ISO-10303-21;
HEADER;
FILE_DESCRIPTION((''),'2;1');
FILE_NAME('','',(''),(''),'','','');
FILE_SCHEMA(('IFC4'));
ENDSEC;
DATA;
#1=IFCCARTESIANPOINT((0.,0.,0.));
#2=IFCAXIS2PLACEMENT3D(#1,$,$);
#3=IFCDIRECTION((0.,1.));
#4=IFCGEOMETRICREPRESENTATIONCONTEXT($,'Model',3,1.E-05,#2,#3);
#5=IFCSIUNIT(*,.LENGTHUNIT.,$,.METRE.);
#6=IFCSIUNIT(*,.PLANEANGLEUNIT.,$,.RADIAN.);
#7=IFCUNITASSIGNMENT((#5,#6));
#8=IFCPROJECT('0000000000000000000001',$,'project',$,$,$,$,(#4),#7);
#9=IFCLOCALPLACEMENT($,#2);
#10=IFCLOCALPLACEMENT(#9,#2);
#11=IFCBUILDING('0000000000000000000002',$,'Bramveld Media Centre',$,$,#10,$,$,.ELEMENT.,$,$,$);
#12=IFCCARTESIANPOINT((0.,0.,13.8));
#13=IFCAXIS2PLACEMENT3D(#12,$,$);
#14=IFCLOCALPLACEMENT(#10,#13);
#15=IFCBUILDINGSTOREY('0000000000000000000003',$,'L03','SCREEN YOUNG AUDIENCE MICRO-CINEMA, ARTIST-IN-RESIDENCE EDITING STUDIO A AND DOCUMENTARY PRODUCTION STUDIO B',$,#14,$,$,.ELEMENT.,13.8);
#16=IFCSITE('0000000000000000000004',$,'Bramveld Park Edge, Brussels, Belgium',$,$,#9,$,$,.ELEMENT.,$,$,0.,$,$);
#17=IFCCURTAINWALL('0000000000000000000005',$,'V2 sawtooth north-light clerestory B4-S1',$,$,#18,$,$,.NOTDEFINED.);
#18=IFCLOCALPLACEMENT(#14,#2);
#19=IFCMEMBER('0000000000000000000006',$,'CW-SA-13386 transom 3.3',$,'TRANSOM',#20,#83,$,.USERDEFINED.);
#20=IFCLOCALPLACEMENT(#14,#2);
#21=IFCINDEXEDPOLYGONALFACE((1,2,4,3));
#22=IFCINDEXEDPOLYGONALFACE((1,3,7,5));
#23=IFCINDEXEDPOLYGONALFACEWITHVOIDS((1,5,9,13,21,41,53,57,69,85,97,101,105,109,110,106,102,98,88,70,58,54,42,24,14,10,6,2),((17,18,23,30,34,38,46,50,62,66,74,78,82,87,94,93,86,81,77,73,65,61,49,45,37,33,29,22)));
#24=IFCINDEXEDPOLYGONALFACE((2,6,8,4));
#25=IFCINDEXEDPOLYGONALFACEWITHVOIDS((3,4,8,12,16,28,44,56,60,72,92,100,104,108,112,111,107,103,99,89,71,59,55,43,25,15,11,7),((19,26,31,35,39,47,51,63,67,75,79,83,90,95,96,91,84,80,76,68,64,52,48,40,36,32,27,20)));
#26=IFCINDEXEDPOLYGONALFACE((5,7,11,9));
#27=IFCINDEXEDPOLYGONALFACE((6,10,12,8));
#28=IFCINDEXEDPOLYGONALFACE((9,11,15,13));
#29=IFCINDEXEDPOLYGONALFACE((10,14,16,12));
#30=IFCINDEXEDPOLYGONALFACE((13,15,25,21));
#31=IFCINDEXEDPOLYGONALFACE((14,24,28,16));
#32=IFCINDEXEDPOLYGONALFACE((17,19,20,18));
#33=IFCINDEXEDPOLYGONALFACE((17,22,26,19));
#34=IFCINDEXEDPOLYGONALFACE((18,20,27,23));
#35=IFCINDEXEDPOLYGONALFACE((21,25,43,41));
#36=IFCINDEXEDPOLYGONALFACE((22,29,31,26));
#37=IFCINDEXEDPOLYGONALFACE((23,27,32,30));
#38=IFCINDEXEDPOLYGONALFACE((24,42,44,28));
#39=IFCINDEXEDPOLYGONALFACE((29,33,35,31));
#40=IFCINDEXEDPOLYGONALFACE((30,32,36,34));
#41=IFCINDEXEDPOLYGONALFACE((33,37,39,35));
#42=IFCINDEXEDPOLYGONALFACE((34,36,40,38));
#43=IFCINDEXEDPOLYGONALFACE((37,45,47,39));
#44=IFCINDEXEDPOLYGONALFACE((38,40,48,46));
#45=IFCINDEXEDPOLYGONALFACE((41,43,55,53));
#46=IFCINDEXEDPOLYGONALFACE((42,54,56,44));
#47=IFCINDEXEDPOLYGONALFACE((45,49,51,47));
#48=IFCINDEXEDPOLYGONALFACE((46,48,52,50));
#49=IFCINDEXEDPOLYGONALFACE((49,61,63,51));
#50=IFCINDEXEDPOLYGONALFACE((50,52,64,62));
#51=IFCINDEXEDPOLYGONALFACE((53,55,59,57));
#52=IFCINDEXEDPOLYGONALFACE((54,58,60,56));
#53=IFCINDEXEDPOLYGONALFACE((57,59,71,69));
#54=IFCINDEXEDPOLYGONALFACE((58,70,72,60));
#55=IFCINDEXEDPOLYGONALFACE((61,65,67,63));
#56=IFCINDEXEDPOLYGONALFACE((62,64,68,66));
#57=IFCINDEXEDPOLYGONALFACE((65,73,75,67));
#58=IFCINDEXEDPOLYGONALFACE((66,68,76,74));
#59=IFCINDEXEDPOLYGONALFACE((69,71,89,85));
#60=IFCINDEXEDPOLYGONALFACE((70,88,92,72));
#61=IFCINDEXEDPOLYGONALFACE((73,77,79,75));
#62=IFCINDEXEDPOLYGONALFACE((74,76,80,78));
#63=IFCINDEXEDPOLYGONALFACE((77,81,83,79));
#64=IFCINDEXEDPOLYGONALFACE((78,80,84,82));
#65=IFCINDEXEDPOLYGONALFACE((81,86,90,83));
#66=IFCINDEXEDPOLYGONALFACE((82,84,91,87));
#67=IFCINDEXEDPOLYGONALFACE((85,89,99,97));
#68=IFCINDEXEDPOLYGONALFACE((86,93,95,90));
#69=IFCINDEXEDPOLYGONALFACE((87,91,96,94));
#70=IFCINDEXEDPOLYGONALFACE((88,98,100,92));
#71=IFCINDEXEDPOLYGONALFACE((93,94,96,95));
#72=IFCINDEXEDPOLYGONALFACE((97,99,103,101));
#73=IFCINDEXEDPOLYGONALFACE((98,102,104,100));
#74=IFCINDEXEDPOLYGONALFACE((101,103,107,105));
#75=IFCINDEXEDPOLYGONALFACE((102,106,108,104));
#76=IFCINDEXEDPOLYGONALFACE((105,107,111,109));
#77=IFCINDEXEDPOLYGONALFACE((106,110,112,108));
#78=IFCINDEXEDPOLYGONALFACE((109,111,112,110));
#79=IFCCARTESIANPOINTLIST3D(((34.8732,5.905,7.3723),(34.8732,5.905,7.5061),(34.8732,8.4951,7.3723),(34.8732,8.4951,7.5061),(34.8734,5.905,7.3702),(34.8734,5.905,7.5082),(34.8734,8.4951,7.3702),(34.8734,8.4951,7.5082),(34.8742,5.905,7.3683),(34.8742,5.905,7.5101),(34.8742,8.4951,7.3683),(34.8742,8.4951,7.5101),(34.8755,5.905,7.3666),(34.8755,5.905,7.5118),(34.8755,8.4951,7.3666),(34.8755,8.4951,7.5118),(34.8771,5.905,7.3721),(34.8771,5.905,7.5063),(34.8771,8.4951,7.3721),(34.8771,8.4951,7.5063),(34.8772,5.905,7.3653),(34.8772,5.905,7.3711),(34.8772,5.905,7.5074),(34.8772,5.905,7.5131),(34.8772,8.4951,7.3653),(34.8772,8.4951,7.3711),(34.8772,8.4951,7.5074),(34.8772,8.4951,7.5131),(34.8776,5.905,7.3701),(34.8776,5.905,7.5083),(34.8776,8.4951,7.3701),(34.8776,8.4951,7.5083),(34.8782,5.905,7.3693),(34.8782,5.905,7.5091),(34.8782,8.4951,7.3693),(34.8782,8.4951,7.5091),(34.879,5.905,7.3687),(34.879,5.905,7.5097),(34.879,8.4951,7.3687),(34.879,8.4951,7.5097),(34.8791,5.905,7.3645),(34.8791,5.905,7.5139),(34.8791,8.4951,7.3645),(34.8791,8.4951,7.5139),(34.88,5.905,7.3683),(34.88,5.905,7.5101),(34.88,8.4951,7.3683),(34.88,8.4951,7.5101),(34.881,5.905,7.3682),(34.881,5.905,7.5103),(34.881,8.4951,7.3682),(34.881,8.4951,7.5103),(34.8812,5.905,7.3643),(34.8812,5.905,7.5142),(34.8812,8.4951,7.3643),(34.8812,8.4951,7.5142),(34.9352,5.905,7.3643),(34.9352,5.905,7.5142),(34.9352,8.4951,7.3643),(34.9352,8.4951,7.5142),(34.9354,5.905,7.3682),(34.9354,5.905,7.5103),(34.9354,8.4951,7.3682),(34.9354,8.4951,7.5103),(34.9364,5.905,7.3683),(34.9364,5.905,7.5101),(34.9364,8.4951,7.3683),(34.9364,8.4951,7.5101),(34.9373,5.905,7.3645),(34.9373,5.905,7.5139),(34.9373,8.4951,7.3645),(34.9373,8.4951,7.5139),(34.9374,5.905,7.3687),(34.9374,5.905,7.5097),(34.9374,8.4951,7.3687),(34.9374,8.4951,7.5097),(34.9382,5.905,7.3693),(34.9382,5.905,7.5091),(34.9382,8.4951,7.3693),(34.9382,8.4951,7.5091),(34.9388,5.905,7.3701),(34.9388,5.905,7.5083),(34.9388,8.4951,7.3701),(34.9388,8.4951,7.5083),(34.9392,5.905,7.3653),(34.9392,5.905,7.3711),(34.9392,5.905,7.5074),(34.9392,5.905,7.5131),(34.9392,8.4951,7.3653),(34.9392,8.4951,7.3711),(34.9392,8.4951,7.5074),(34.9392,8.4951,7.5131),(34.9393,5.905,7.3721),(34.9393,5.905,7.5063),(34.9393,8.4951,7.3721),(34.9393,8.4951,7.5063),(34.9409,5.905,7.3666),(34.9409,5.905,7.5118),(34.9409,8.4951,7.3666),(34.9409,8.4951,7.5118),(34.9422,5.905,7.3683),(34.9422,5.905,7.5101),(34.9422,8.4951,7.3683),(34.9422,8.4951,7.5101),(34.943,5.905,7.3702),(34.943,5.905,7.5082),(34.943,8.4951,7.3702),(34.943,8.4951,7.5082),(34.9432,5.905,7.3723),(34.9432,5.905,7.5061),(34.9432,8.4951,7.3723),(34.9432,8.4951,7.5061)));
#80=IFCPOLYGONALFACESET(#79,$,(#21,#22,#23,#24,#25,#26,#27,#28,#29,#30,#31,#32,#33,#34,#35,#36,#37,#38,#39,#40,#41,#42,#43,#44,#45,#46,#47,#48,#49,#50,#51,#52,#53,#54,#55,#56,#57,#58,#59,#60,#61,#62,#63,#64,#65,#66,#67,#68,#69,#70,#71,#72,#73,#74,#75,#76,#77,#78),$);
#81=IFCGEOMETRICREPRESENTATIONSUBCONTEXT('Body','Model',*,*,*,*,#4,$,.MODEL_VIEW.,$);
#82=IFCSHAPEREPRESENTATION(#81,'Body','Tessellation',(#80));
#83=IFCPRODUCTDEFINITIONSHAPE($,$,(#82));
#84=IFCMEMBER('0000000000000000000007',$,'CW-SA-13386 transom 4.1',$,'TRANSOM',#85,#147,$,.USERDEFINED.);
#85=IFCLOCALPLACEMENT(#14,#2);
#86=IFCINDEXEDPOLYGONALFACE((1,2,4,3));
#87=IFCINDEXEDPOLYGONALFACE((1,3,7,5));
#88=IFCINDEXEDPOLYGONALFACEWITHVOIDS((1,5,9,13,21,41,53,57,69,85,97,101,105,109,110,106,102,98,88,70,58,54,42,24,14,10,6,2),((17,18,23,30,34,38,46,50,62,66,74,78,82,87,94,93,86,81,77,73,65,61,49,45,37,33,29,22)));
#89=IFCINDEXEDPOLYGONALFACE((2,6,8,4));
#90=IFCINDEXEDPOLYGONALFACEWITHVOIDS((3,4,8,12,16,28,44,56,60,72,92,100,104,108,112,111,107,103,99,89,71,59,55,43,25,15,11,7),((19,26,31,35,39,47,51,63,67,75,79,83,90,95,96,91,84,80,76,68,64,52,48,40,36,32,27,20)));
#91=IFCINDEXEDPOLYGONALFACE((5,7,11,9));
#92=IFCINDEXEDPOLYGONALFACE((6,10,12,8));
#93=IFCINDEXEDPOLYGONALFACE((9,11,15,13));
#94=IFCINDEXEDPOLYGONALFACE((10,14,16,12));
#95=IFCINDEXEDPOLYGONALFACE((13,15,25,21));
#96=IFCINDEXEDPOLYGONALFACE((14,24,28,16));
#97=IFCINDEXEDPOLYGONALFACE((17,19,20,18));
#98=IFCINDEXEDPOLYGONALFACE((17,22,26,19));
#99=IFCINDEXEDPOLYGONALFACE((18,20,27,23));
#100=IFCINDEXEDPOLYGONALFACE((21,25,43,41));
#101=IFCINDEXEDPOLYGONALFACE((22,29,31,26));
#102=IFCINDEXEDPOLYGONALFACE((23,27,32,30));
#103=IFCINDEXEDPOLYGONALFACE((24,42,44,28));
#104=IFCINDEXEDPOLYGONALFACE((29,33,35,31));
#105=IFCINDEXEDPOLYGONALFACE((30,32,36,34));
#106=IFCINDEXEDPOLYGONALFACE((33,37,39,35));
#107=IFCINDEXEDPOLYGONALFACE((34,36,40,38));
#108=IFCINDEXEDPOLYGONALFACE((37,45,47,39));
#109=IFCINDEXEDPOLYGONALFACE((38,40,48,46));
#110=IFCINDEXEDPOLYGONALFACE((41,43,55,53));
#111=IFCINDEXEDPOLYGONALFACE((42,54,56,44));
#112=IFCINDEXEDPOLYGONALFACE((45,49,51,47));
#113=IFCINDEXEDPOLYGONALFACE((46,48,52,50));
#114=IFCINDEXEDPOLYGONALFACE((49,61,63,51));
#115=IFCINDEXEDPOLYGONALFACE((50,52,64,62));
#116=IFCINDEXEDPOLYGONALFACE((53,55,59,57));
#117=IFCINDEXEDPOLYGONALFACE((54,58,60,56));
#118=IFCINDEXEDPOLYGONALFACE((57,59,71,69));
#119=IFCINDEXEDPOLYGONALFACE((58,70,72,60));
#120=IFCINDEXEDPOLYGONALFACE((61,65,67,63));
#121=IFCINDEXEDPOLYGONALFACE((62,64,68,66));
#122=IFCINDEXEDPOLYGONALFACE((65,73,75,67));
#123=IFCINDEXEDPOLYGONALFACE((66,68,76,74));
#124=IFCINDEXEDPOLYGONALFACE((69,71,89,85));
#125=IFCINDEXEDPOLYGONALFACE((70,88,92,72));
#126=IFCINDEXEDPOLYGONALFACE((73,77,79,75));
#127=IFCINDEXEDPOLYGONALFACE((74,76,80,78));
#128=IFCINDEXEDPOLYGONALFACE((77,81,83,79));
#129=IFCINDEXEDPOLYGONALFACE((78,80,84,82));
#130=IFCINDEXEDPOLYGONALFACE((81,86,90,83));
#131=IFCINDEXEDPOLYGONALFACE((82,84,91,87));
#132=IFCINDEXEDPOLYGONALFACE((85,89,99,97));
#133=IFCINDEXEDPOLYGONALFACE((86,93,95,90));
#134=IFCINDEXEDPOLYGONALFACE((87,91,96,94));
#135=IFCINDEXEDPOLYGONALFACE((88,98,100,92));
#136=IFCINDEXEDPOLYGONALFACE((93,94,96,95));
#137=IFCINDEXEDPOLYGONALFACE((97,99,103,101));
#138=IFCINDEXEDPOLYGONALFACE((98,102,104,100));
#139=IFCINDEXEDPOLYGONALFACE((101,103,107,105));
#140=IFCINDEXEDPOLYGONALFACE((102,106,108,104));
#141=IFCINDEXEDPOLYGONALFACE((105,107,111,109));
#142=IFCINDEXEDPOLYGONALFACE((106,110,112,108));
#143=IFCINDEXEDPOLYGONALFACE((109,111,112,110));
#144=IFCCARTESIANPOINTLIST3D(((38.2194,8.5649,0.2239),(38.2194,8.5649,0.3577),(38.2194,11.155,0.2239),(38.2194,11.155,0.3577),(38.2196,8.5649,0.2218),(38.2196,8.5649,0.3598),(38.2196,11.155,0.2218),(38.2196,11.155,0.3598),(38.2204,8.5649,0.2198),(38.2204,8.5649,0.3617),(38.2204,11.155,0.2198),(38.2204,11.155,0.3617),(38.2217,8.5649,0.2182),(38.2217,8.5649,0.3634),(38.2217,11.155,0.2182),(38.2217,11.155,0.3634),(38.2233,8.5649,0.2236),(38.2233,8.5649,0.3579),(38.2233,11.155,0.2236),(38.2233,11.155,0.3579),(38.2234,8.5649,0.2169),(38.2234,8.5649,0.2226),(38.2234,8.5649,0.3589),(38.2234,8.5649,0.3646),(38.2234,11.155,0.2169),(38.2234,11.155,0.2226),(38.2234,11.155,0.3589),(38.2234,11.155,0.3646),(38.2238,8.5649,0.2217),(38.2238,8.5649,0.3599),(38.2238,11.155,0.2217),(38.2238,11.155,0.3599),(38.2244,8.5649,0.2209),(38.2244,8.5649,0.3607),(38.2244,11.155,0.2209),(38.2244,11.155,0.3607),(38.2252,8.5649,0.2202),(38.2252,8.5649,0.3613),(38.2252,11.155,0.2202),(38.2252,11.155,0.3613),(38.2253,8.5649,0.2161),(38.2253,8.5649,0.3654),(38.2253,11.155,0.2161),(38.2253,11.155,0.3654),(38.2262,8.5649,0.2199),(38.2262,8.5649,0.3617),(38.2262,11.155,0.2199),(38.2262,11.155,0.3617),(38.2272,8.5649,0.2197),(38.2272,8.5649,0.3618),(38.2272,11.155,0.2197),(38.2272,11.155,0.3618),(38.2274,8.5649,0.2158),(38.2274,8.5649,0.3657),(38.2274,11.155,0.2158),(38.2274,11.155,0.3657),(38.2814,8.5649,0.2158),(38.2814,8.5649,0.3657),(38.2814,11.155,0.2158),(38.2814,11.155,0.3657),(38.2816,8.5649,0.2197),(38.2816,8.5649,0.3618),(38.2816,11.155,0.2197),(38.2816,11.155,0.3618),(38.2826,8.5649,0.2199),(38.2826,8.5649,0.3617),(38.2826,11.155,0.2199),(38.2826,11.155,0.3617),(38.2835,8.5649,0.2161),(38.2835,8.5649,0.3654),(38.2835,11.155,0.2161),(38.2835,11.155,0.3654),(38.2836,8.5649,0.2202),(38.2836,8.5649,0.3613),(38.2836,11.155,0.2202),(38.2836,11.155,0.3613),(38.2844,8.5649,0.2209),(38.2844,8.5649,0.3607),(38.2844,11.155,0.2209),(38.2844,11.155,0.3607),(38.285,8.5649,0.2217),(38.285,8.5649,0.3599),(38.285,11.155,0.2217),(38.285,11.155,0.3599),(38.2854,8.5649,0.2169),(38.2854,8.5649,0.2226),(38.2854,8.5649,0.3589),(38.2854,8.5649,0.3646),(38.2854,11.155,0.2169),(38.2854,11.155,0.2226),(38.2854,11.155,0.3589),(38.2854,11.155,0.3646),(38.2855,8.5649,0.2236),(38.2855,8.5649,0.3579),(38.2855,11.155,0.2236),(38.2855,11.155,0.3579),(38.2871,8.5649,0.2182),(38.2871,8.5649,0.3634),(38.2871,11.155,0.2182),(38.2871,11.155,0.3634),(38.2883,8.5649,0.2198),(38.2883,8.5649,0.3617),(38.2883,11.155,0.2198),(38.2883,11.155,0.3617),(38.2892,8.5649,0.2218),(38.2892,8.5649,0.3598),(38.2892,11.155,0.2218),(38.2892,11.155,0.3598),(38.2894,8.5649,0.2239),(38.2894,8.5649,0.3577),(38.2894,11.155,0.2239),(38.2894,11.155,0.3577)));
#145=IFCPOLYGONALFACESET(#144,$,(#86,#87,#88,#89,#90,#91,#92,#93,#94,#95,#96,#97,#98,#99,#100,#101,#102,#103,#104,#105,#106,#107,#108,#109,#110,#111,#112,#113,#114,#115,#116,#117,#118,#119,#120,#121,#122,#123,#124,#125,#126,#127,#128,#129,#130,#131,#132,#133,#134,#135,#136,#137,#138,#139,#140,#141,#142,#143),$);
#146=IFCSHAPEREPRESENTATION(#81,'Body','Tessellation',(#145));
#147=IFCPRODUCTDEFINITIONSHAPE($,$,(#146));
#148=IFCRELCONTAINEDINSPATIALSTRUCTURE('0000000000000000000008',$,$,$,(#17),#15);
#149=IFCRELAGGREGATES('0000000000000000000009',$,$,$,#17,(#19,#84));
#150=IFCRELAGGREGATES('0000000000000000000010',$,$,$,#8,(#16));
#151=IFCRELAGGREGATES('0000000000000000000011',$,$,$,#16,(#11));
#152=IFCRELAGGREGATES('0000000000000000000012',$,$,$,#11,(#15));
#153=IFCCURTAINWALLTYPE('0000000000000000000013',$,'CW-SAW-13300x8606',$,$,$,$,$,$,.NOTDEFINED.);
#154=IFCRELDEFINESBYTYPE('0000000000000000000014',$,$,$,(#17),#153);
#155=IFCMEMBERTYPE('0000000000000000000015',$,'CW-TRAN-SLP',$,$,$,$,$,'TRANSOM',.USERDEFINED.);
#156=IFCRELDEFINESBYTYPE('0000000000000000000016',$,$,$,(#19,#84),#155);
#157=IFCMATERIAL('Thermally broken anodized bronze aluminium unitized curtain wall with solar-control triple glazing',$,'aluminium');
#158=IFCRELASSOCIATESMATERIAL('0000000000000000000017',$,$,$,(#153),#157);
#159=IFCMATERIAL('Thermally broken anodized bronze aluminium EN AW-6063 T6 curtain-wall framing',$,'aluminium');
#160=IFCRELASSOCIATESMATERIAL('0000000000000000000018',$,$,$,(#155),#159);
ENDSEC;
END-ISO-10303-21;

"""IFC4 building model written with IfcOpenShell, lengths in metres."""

from ifc_helpers import new_model, si_unit, direction, frame, origin, origin_2d, place, context, subcontext, project, spatial, hollow_rectangle, extrude, material, material_profile, profile_set, type_object, element, aggregate, save


model = new_model("IFC4")

# Units and contexts
model_context = context("Model", 3, precision=1e-05, world=origin(), true_north=direction((0.0, 1.0)))
body_context = subcontext(model_context, "Body", "Model", "MODEL_VIEW")
ifc_project = project(units=[si_unit("LENGTHUNIT", "METRE"), si_unit("PLANEANGLEUNIT", "RADIAN")], contexts=[model_context])

# Site, building, storey
site_placement = place(None, origin())
site = spatial("IfcSite", under=ifc_project, at=site_placement, Name="Bramveld Park Edge, Brussels, Belgium", CompositionType="ELEMENT", RefElevation=0.0)
building_placement = place(site_placement, origin())
building = spatial("IfcBuilding", under=site, at=building_placement, Name="Bramveld Media Centre", CompositionType="ELEMENT")
storey_placement = place(building_placement, frame((0.0, 0.0, 13.8)))
storey = spatial("IfcBuildingStorey", under=building, at=storey_placement, Name="L03", Description="SCREEN YOUNG AUDIENCE MICRO-CINEMA, ARTIST-IN-RESIDENCE EDITING STUDIO A AND DOCUMENTARY PRODUCTION STUDIO B", CompositionType="ELEMENT", Elevation=13.8)

# Curtain wall, members
ifc_material_1 = material(Name="Thermally broken anodized bronze aluminium unitized curtain wall with solar-control triple glazing", Category="aluminium")
curtain_wall_type = type_object("IfcCurtainWallType", Name="CW-SAW-13300x8606", PredefinedType="NOTDEFINED", material=ifc_material_1)
curtain_wall_placement = place(storey_placement, origin())
curtain_wall = element("IfcCurtainWall", 1, at=curtain_wall_placement, inside=storey, type_object=curtain_wall_type, Name="V2 sawtooth north-light clerestory B4-S1", PredefinedType="NOTDEFINED")
ifc_material_2 = material(Name="Thermally broken anodized bronze aluminium EN AW-6063 T6 curtain-wall framing", Category="aluminium")
ifc_material_profile_1 = material_profile(ifc_material_2, hollow_rectangle(XDim=0.0701, YDim=0.1499, WallThickness=0.0039, InnerFilletRadius=0.0039, OuterFilletRadius=0.0081, at=origin_2d()), Name="AL-TRAN 70x150")
ifc_profile_set_1 = profile_set([ifc_material_profile_1], Name="Thermally broken anodized bronze aluminium EN AW-6063 T6 curtain-wall framing")
member_type_1 = type_object("IfcMemberType", Name="CW-TRAN-SLP", ElementType="TRANSOM", PredefinedType="USERDEFINED", material=ifc_profile_set_1)
member_1_placement = place(storey_placement, frame((34.9082, 5.905, 7.4392), z_axis=(0.0, 1.0, 0.0), x_axis=(-1.0, 0.0, 0.0)))
member_1 = element("IfcMember", 2, at=member_1_placement, type_object=member_type_1, Name="CW-SA-13386 transom 3.3", ObjectType="TRANSOM", PredefinedType="USERDEFINED", context=body_context, shape_type="SweptSolid", body=[
    extrude(hollow_rectangle(XDim=0.0701, YDim=0.1499, WallThickness=0.0039, InnerFilletRadius=0.0039, OuterFilletRadius=0.0081, at=origin_2d()), origin(), (0.0, 0.0, 1.0), 2.5901),
])
member_2_placement = place(storey_placement, frame((38.2544, 8.5649, 0.2908), z_axis=(0.0, 1.0, 0.0), x_axis=(-1.0, 0.0, 0.0)))
member_2 = element("IfcMember", 3, at=member_2_placement, type_object=member_type_1, Name="CW-SA-13386 transom 4.1", ObjectType="TRANSOM", PredefinedType="USERDEFINED", context=body_context, shape_type="SweptSolid", body=[
    extrude(hollow_rectangle(XDim=0.0701, YDim=0.1499, WallThickness=0.0039, InnerFilletRadius=0.0039, OuterFilletRadius=0.0081, at=origin_2d()), origin(), (0.0, 0.0, 1.0), 2.5901),
])

aggregate(curtain_wall, [member_1, member_2])

save(model, "model.ifc")
